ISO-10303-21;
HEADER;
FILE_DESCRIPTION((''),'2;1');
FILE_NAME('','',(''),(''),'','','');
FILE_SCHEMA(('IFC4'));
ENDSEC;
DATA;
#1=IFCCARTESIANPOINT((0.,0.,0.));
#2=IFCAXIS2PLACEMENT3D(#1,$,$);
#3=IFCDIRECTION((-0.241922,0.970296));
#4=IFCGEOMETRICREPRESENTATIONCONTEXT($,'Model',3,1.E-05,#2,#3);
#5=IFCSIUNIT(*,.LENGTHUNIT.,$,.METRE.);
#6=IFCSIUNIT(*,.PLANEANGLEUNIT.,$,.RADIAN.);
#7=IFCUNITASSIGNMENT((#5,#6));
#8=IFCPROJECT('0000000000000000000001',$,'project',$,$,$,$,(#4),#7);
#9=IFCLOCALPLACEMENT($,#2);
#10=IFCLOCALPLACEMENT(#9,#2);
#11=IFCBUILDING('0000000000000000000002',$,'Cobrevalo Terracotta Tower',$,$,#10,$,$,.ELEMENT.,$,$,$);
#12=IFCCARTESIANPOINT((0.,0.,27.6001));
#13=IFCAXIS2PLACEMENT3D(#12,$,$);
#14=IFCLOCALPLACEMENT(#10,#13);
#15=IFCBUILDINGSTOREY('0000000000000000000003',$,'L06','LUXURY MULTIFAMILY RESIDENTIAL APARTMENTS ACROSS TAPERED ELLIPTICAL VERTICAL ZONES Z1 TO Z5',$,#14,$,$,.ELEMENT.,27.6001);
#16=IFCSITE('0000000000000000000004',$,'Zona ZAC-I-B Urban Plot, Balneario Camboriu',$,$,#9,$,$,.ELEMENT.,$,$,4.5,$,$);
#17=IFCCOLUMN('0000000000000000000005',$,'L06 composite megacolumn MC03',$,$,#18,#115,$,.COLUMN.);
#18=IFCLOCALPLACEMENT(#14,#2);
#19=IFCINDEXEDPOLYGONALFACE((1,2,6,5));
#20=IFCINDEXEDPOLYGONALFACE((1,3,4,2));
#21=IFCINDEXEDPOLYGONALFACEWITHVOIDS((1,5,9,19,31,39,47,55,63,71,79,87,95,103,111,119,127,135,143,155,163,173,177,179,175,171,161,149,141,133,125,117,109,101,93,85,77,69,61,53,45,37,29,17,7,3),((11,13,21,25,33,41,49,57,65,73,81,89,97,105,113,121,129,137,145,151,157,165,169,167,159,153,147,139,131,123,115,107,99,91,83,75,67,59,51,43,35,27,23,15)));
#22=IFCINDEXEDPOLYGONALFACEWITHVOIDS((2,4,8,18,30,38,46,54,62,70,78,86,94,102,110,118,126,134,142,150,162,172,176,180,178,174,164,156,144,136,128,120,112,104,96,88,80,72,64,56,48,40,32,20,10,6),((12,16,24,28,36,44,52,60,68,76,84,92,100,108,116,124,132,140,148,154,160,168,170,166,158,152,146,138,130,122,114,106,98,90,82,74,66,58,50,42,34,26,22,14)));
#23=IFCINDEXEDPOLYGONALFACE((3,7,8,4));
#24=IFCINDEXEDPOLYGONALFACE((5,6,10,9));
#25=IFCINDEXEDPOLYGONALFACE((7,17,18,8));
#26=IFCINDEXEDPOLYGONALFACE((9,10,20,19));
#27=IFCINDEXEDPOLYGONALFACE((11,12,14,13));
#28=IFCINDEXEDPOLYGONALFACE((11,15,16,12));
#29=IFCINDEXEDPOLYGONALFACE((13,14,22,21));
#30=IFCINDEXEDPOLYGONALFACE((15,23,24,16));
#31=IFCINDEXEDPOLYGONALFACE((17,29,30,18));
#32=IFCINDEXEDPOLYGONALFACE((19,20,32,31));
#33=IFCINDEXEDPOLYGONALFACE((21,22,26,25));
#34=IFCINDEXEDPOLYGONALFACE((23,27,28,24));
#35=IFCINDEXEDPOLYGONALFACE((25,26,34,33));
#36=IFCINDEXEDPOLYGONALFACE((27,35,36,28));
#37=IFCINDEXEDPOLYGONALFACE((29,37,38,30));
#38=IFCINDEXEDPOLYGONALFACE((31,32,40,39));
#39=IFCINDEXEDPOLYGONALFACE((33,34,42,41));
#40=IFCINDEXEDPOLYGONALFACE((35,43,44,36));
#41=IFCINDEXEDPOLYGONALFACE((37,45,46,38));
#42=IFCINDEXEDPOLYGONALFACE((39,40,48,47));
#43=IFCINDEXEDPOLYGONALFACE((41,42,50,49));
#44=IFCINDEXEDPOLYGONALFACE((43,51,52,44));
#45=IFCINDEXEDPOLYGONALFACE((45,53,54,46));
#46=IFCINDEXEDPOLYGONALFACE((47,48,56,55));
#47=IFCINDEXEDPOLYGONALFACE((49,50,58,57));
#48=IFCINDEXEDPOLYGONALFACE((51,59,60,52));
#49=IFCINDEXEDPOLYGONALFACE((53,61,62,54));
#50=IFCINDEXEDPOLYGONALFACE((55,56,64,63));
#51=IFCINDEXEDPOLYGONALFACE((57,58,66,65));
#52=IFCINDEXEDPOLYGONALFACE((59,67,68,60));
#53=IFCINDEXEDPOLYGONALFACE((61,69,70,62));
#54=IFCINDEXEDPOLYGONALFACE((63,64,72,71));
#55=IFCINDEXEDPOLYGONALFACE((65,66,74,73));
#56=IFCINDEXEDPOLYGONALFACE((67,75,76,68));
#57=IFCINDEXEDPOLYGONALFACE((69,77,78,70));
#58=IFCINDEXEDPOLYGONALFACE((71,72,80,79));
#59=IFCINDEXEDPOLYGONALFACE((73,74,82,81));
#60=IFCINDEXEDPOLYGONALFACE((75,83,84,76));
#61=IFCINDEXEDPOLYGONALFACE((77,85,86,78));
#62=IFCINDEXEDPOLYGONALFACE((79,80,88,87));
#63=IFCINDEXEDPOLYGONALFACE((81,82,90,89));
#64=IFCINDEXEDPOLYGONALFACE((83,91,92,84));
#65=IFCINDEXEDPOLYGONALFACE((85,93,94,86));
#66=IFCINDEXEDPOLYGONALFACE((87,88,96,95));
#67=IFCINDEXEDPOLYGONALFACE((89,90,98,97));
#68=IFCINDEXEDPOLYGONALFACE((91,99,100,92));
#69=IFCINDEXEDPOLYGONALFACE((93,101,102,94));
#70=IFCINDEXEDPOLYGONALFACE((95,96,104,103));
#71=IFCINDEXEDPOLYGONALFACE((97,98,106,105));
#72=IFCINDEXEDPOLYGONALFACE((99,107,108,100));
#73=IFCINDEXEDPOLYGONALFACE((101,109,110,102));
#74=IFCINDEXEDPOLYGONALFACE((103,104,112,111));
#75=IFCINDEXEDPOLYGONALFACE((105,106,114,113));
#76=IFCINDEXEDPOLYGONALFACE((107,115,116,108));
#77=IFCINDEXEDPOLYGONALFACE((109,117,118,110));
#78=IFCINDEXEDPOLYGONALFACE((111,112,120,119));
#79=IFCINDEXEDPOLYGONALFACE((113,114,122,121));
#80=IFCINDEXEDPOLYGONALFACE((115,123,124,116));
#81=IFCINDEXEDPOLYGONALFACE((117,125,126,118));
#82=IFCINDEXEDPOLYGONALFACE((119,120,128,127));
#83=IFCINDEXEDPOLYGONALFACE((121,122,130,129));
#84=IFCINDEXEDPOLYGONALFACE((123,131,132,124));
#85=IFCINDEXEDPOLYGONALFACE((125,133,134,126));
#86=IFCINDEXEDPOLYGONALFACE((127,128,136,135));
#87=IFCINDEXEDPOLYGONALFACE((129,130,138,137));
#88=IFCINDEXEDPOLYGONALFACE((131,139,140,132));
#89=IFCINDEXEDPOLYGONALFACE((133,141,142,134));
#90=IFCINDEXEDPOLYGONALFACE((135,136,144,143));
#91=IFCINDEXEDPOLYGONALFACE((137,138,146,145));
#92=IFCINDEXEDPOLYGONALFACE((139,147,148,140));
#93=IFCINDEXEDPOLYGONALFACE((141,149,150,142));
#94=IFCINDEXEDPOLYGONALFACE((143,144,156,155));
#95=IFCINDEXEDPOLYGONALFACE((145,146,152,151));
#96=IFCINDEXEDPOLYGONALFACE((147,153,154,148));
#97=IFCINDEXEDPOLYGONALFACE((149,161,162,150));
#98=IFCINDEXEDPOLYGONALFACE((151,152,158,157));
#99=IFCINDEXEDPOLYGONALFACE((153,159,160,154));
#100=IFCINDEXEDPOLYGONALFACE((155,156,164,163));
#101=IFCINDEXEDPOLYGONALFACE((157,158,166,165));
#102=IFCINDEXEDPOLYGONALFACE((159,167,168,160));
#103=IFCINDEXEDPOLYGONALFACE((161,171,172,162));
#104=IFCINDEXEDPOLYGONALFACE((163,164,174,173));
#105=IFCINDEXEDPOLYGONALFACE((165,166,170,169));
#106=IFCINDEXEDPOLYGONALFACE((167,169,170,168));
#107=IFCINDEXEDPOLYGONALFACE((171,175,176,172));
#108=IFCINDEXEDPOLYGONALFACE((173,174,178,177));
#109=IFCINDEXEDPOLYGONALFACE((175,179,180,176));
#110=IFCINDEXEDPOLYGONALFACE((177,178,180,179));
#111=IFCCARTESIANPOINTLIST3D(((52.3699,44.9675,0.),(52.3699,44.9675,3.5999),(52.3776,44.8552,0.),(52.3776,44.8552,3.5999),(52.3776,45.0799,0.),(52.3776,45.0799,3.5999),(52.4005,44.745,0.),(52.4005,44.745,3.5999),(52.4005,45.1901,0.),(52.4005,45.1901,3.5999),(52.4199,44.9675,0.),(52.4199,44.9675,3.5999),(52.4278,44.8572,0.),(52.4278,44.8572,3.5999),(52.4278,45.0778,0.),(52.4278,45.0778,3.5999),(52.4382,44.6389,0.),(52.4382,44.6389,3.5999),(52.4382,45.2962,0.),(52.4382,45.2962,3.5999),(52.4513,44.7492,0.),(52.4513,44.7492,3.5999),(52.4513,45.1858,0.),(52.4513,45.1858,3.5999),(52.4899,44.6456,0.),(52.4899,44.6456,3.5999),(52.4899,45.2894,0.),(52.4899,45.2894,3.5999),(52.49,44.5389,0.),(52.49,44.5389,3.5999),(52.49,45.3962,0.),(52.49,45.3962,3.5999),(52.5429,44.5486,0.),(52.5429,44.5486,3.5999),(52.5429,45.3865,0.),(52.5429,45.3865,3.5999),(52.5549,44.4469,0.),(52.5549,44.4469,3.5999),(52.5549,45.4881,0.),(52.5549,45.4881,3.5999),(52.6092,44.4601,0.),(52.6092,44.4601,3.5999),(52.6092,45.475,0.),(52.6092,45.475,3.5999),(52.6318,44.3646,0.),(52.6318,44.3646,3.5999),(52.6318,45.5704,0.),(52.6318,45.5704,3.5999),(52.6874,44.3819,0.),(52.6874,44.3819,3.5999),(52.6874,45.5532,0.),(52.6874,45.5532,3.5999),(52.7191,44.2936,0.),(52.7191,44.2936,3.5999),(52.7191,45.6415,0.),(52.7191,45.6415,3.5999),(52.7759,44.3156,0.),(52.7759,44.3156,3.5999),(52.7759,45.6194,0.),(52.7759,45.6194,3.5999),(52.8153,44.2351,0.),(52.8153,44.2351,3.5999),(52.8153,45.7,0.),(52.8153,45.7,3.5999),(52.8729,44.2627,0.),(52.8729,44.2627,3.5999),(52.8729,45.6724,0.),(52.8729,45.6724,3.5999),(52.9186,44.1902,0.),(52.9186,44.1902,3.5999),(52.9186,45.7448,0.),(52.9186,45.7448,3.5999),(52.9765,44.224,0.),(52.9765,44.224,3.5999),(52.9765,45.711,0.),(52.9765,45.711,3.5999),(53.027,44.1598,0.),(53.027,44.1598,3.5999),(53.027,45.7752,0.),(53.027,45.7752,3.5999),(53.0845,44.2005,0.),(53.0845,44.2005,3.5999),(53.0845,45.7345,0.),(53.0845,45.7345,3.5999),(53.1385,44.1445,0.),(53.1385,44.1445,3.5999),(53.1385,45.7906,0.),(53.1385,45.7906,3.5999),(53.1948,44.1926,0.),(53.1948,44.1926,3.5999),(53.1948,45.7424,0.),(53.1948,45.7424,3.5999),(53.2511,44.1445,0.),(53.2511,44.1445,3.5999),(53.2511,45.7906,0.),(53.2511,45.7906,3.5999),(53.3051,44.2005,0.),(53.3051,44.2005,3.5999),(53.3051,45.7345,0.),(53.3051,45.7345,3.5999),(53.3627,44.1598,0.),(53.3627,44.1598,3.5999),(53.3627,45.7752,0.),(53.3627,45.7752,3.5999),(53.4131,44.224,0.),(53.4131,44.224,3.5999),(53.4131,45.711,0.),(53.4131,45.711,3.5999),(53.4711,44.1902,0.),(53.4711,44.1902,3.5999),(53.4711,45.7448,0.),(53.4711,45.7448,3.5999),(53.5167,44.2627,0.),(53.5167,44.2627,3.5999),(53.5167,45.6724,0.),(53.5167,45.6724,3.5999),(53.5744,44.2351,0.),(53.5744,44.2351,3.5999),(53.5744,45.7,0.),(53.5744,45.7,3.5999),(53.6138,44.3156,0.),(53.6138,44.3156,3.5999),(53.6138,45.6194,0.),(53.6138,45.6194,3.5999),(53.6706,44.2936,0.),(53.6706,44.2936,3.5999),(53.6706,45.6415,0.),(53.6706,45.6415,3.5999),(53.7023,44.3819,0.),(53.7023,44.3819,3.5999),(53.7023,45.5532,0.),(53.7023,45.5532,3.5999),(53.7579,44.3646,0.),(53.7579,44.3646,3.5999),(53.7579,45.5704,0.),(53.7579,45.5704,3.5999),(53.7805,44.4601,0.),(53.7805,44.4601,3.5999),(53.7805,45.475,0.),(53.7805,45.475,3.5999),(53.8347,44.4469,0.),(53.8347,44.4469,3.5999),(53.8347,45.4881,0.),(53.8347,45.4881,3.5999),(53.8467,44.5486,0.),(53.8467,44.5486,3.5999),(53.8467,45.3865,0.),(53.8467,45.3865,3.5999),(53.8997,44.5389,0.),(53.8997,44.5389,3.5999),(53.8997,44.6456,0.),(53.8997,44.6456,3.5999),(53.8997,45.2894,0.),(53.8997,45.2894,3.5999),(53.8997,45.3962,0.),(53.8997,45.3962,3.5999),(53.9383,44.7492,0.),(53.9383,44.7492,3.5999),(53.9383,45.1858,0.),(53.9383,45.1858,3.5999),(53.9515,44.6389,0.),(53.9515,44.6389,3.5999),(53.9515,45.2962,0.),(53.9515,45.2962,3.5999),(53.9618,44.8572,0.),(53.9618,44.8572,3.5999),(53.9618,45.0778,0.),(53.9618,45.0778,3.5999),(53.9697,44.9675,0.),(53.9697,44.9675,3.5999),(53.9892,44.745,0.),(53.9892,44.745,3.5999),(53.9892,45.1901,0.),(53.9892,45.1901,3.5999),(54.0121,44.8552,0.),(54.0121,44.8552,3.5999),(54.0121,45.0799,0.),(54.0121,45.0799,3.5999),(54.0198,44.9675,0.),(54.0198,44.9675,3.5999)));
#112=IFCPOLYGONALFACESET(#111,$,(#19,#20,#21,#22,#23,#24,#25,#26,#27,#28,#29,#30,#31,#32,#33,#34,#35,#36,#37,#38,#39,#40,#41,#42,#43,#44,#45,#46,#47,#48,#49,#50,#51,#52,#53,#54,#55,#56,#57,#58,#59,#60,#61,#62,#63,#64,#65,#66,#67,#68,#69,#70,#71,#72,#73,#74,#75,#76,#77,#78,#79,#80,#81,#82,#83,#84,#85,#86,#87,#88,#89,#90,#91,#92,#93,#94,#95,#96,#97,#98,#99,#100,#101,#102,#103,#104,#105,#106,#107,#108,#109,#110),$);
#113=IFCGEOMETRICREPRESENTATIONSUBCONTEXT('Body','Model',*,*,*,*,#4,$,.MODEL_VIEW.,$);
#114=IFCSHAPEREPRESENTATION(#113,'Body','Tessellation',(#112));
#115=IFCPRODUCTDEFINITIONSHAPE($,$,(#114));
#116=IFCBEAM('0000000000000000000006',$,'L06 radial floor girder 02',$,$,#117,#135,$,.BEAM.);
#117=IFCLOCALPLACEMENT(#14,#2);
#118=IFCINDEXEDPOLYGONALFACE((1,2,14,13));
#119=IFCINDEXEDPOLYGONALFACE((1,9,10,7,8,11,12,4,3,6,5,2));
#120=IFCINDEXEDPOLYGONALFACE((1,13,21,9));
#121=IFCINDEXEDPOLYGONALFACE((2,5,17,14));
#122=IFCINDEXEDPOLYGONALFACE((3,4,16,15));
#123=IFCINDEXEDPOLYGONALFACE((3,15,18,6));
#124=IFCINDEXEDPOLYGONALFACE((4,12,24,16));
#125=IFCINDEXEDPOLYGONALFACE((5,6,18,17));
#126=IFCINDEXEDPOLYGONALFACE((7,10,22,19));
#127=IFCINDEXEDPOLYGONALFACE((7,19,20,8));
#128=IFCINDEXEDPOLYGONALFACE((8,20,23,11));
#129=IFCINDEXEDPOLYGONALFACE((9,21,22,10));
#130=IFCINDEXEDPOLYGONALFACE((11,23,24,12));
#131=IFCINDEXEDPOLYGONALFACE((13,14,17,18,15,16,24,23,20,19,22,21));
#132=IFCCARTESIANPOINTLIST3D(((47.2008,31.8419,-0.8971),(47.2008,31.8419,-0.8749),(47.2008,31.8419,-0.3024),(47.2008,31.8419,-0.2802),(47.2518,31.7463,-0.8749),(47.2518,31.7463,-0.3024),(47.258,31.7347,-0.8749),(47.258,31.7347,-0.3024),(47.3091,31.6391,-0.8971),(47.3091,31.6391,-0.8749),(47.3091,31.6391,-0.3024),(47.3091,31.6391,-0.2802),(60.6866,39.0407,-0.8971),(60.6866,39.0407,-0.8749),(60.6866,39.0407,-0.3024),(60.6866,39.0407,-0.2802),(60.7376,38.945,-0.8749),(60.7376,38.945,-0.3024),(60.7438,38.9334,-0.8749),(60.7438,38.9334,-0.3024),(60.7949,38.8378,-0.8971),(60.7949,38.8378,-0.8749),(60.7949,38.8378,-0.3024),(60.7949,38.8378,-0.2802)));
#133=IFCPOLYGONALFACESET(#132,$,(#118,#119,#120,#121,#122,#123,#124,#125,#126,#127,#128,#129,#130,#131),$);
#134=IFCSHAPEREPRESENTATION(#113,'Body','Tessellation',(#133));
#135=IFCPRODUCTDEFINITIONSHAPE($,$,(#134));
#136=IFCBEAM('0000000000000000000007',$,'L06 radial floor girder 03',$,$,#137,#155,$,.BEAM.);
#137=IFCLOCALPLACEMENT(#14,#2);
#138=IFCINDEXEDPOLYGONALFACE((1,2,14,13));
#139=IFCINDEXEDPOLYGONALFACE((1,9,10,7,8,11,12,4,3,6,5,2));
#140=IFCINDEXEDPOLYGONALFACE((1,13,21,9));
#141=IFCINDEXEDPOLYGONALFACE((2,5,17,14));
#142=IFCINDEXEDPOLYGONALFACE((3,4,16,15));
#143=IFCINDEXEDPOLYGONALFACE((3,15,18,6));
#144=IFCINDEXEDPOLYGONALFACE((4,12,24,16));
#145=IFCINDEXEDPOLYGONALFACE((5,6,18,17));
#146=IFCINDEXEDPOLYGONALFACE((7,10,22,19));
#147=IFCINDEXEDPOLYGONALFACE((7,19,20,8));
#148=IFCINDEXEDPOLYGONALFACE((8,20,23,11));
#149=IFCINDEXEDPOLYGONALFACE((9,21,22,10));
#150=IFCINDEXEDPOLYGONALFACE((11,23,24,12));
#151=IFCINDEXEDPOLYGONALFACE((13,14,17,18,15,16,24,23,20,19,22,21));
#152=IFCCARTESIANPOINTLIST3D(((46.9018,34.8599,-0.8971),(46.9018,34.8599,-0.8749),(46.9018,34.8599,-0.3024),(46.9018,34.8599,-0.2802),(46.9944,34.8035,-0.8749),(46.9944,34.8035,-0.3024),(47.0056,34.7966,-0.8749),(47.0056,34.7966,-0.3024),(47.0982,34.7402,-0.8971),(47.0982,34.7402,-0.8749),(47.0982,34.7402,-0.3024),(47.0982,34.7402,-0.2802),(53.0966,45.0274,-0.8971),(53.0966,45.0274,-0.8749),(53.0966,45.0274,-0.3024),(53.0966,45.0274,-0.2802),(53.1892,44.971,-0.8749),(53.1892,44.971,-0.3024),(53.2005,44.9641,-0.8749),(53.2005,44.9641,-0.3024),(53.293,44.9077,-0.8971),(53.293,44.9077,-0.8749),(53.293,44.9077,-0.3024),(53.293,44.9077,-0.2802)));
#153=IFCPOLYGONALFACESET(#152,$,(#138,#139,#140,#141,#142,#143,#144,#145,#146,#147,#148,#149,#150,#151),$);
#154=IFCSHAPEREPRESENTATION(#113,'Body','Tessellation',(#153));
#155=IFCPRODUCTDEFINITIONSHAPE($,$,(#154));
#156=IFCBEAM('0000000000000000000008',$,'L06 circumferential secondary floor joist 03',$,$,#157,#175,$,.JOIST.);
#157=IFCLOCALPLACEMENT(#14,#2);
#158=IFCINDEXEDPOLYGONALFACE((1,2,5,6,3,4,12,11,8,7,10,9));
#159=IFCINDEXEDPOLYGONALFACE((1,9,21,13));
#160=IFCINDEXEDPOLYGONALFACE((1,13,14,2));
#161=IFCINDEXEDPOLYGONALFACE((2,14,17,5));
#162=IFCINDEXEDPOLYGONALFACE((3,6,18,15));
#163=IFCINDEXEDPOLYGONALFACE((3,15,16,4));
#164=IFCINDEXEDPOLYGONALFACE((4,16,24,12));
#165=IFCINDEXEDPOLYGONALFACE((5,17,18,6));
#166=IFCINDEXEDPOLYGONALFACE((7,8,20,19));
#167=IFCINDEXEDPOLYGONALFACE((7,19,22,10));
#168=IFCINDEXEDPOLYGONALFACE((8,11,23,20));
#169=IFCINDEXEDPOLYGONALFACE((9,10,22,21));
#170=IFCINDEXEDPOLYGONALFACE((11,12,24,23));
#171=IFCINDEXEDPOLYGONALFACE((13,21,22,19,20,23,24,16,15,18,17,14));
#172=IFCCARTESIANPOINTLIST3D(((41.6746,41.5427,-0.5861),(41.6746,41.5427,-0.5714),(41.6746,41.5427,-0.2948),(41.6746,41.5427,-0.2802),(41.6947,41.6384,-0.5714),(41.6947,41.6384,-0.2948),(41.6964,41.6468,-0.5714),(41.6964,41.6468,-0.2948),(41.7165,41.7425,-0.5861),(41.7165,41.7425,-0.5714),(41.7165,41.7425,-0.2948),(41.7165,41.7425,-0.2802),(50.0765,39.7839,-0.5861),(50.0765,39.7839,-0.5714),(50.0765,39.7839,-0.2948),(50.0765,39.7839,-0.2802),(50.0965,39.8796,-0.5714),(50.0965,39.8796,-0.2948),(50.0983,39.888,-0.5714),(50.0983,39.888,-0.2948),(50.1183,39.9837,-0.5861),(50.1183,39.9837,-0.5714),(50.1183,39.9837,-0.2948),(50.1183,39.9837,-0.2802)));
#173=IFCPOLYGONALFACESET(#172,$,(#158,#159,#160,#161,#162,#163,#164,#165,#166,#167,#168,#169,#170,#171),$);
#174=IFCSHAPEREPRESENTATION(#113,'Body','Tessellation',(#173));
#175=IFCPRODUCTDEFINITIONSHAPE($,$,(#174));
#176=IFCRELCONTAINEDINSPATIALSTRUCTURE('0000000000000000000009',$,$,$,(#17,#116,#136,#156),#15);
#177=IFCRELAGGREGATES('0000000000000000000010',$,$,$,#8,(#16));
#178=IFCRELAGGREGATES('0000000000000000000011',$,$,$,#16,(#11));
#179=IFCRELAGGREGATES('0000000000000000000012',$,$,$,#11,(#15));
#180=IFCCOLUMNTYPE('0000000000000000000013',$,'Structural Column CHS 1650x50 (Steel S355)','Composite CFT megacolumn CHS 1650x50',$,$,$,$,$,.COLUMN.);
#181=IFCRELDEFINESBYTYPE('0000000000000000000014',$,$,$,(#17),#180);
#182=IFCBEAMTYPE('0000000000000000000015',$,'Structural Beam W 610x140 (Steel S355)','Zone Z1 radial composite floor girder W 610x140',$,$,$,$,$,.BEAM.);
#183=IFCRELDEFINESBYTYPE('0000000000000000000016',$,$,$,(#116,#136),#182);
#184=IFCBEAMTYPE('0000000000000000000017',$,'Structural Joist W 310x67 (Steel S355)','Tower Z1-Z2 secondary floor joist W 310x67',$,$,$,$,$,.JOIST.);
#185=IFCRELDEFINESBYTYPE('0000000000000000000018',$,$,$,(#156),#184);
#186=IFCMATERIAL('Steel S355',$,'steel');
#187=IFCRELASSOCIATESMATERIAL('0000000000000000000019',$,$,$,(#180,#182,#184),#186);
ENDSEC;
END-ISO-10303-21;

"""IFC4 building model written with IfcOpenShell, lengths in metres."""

from ifc_helpers import new_model, si_unit, direction, frame, origin, origin_2d, place, context, subcontext, project, spatial, hollow_circle, i_section, extrude, material, material_profile, profile_set, type_object, element, save


model = new_model("IFC4")

# Units and contexts
model_context = context("Model", 3, precision=1e-05, world=origin(), true_north=direction((-0.241922, 0.970296)))
body_context = subcontext(model_context, "Body", "Model", "MODEL_VIEW")
ifc_project = project(units=[si_unit("LENGTHUNIT", "METRE"), si_unit("PLANEANGLEUNIT", "RADIAN")], contexts=[model_context])

# Site, building, storey
site_placement = place(None, origin())
site = spatial("IfcSite", under=ifc_project, at=site_placement, Name="Zona ZAC-I-B Urban Plot, Balneario Camboriu", CompositionType="ELEMENT", RefElevation=4.5)
building_placement = place(site_placement, origin())
building = spatial("IfcBuilding", under=site, at=building_placement, Name="Cobrevalo Terracotta Tower", CompositionType="ELEMENT")
storey_placement = place(building_placement, frame((0.0, 0.0, 27.6001)))
storey = spatial("IfcBuildingStorey", under=building, at=storey_placement, Name="L06", Description="LUXURY MULTIFAMILY RESIDENTIAL APARTMENTS ACROSS TAPERED ELLIPTICAL VERTICAL ZONES Z1 TO Z5", CompositionType="ELEMENT", Elevation=27.6001)

# Column
ifc_material_1 = material(Name="Steel S355", Category="steel")
ifc_material_profile_1 = material_profile(ifc_material_1, hollow_circle(Radius=0.825, WallThickness=0.05, at=origin_2d()), Name="CHS 1650x50")
ifc_profile_set_1 = profile_set([ifc_material_profile_1], Name="Steel S355")
column_type = type_object("IfcColumnType", Name="Structural Column CHS 1650x50 (Steel S355)", Description="Composite CFT megacolumn CHS 1650x50", PredefinedType="COLUMN", material=ifc_profile_set_1)
column_placement = place(storey_placement, frame((53.1948, 44.9675, 0.0), z_axis=(0.0, 0.0, 1.0), x_axis=(1.0, 0.0, 0.0)))
element("IfcColumn", 1, at=column_placement, inside=storey, type_object=column_type, Name="L06 composite megacolumn MC03", PredefinedType="COLUMN", context=body_context, shape_type="SweptSolid", body=[
    extrude(hollow_circle(Radius=0.825, WallThickness=0.05, at=origin_2d()), origin(), (0.0, 0.0, 1.0), 3.5999),
])

# Beams
ifc_material_profile_2 = material_profile(ifc_material_1, i_section(OverallWidth=0.23, OverallDepth=0.6169, WebThickness=0.0132, FlangeThickness=0.0222, at=origin_2d()), Name="W 610x140")
ifc_profile_set_2 = profile_set([ifc_material_profile_2], Name="Steel S355")
beam_type_1 = type_object("IfcBeamType", Name="Structural Beam W 610x140 (Steel S355)", Description="Zone Z1 radial composite floor girder W 610x140", PredefinedType="BEAM", material=ifc_profile_set_2)
beam_1_placement = place(storey_placement, frame((60.7407, 38.9392, -0.5886), z_axis=(-0.882182, -0.470908, 0.0), x_axis=(0.470908, -0.882182, 0.0)))
element("IfcBeam", 2, at=beam_1_placement, inside=storey, type_object=beam_type_1, Name="L06 radial floor girder 02", PredefinedType="BEAM", context=body_context, shape_type="SweptSolid", body=[
    extrude(i_section(OverallWidth=0.23, OverallDepth=0.6169, WebThickness=0.0132, FlangeThickness=0.0222, at=origin_2d()), origin(), (0.0, 0.0, 1.0), 15.2869),
])
beam_2_placement = place(storey_placement, frame((53.1948, 44.9675, -0.5886), z_axis=(-0.52031, -0.853978, 0.0), x_axis=(0.853978, -0.52031, 0.0)))
element("IfcBeam", 3, at=beam_2_placement, inside=storey, type_object=beam_type_1, Name="L06 radial floor girder 03", PredefinedType="BEAM", context=body_context, shape_type="SweptSolid", body=[
    extrude(i_section(OverallWidth=0.23, OverallDepth=0.6169, WebThickness=0.0132, FlangeThickness=0.0222, at=origin_2d()), origin(), (0.0, 0.0, 1.0), 11.906),
])
ifc_material_profile_3 = material_profile(ifc_material_1, i_section(OverallWidth=0.2041, OverallDepth=0.3059, WebThickness=0.0085, FlangeThickness=0.0146, at=origin_2d()), Name="W 310x67")
ifc_profile_set_3 = profile_set([ifc_material_profile_3], Name="Steel S355")
beam_type_2 = type_object("IfcBeamType", Name="Structural Joist W 310x67 (Steel S355)", Description="Tower Z1-Z2 secondary floor joist W 310x67", PredefinedType="JOIST", material=ifc_profile_set_3)
beam_3_placement = place(storey_placement, frame((50.0974, 39.8838, -0.4331), z_axis=(-0.978785, 0.204892, 0.0), x_axis=(-0.204892, -0.978785, 0.0)))
element("IfcBeam", 4, at=beam_3_placement, inside=storey, type_object=beam_type_2, Name="L06 circumferential secondary floor joist 03", PredefinedType="JOIST", context=body_context, shape_type="SweptSolid", body=[
    extrude(i_section(OverallWidth=0.2041, OverallDepth=0.3059, WebThickness=0.0085, FlangeThickness=0.0146, at=origin_2d()), origin(), (0.0, 0.0, 1.0), 8.584),
])

save(model, "model.ifc")
